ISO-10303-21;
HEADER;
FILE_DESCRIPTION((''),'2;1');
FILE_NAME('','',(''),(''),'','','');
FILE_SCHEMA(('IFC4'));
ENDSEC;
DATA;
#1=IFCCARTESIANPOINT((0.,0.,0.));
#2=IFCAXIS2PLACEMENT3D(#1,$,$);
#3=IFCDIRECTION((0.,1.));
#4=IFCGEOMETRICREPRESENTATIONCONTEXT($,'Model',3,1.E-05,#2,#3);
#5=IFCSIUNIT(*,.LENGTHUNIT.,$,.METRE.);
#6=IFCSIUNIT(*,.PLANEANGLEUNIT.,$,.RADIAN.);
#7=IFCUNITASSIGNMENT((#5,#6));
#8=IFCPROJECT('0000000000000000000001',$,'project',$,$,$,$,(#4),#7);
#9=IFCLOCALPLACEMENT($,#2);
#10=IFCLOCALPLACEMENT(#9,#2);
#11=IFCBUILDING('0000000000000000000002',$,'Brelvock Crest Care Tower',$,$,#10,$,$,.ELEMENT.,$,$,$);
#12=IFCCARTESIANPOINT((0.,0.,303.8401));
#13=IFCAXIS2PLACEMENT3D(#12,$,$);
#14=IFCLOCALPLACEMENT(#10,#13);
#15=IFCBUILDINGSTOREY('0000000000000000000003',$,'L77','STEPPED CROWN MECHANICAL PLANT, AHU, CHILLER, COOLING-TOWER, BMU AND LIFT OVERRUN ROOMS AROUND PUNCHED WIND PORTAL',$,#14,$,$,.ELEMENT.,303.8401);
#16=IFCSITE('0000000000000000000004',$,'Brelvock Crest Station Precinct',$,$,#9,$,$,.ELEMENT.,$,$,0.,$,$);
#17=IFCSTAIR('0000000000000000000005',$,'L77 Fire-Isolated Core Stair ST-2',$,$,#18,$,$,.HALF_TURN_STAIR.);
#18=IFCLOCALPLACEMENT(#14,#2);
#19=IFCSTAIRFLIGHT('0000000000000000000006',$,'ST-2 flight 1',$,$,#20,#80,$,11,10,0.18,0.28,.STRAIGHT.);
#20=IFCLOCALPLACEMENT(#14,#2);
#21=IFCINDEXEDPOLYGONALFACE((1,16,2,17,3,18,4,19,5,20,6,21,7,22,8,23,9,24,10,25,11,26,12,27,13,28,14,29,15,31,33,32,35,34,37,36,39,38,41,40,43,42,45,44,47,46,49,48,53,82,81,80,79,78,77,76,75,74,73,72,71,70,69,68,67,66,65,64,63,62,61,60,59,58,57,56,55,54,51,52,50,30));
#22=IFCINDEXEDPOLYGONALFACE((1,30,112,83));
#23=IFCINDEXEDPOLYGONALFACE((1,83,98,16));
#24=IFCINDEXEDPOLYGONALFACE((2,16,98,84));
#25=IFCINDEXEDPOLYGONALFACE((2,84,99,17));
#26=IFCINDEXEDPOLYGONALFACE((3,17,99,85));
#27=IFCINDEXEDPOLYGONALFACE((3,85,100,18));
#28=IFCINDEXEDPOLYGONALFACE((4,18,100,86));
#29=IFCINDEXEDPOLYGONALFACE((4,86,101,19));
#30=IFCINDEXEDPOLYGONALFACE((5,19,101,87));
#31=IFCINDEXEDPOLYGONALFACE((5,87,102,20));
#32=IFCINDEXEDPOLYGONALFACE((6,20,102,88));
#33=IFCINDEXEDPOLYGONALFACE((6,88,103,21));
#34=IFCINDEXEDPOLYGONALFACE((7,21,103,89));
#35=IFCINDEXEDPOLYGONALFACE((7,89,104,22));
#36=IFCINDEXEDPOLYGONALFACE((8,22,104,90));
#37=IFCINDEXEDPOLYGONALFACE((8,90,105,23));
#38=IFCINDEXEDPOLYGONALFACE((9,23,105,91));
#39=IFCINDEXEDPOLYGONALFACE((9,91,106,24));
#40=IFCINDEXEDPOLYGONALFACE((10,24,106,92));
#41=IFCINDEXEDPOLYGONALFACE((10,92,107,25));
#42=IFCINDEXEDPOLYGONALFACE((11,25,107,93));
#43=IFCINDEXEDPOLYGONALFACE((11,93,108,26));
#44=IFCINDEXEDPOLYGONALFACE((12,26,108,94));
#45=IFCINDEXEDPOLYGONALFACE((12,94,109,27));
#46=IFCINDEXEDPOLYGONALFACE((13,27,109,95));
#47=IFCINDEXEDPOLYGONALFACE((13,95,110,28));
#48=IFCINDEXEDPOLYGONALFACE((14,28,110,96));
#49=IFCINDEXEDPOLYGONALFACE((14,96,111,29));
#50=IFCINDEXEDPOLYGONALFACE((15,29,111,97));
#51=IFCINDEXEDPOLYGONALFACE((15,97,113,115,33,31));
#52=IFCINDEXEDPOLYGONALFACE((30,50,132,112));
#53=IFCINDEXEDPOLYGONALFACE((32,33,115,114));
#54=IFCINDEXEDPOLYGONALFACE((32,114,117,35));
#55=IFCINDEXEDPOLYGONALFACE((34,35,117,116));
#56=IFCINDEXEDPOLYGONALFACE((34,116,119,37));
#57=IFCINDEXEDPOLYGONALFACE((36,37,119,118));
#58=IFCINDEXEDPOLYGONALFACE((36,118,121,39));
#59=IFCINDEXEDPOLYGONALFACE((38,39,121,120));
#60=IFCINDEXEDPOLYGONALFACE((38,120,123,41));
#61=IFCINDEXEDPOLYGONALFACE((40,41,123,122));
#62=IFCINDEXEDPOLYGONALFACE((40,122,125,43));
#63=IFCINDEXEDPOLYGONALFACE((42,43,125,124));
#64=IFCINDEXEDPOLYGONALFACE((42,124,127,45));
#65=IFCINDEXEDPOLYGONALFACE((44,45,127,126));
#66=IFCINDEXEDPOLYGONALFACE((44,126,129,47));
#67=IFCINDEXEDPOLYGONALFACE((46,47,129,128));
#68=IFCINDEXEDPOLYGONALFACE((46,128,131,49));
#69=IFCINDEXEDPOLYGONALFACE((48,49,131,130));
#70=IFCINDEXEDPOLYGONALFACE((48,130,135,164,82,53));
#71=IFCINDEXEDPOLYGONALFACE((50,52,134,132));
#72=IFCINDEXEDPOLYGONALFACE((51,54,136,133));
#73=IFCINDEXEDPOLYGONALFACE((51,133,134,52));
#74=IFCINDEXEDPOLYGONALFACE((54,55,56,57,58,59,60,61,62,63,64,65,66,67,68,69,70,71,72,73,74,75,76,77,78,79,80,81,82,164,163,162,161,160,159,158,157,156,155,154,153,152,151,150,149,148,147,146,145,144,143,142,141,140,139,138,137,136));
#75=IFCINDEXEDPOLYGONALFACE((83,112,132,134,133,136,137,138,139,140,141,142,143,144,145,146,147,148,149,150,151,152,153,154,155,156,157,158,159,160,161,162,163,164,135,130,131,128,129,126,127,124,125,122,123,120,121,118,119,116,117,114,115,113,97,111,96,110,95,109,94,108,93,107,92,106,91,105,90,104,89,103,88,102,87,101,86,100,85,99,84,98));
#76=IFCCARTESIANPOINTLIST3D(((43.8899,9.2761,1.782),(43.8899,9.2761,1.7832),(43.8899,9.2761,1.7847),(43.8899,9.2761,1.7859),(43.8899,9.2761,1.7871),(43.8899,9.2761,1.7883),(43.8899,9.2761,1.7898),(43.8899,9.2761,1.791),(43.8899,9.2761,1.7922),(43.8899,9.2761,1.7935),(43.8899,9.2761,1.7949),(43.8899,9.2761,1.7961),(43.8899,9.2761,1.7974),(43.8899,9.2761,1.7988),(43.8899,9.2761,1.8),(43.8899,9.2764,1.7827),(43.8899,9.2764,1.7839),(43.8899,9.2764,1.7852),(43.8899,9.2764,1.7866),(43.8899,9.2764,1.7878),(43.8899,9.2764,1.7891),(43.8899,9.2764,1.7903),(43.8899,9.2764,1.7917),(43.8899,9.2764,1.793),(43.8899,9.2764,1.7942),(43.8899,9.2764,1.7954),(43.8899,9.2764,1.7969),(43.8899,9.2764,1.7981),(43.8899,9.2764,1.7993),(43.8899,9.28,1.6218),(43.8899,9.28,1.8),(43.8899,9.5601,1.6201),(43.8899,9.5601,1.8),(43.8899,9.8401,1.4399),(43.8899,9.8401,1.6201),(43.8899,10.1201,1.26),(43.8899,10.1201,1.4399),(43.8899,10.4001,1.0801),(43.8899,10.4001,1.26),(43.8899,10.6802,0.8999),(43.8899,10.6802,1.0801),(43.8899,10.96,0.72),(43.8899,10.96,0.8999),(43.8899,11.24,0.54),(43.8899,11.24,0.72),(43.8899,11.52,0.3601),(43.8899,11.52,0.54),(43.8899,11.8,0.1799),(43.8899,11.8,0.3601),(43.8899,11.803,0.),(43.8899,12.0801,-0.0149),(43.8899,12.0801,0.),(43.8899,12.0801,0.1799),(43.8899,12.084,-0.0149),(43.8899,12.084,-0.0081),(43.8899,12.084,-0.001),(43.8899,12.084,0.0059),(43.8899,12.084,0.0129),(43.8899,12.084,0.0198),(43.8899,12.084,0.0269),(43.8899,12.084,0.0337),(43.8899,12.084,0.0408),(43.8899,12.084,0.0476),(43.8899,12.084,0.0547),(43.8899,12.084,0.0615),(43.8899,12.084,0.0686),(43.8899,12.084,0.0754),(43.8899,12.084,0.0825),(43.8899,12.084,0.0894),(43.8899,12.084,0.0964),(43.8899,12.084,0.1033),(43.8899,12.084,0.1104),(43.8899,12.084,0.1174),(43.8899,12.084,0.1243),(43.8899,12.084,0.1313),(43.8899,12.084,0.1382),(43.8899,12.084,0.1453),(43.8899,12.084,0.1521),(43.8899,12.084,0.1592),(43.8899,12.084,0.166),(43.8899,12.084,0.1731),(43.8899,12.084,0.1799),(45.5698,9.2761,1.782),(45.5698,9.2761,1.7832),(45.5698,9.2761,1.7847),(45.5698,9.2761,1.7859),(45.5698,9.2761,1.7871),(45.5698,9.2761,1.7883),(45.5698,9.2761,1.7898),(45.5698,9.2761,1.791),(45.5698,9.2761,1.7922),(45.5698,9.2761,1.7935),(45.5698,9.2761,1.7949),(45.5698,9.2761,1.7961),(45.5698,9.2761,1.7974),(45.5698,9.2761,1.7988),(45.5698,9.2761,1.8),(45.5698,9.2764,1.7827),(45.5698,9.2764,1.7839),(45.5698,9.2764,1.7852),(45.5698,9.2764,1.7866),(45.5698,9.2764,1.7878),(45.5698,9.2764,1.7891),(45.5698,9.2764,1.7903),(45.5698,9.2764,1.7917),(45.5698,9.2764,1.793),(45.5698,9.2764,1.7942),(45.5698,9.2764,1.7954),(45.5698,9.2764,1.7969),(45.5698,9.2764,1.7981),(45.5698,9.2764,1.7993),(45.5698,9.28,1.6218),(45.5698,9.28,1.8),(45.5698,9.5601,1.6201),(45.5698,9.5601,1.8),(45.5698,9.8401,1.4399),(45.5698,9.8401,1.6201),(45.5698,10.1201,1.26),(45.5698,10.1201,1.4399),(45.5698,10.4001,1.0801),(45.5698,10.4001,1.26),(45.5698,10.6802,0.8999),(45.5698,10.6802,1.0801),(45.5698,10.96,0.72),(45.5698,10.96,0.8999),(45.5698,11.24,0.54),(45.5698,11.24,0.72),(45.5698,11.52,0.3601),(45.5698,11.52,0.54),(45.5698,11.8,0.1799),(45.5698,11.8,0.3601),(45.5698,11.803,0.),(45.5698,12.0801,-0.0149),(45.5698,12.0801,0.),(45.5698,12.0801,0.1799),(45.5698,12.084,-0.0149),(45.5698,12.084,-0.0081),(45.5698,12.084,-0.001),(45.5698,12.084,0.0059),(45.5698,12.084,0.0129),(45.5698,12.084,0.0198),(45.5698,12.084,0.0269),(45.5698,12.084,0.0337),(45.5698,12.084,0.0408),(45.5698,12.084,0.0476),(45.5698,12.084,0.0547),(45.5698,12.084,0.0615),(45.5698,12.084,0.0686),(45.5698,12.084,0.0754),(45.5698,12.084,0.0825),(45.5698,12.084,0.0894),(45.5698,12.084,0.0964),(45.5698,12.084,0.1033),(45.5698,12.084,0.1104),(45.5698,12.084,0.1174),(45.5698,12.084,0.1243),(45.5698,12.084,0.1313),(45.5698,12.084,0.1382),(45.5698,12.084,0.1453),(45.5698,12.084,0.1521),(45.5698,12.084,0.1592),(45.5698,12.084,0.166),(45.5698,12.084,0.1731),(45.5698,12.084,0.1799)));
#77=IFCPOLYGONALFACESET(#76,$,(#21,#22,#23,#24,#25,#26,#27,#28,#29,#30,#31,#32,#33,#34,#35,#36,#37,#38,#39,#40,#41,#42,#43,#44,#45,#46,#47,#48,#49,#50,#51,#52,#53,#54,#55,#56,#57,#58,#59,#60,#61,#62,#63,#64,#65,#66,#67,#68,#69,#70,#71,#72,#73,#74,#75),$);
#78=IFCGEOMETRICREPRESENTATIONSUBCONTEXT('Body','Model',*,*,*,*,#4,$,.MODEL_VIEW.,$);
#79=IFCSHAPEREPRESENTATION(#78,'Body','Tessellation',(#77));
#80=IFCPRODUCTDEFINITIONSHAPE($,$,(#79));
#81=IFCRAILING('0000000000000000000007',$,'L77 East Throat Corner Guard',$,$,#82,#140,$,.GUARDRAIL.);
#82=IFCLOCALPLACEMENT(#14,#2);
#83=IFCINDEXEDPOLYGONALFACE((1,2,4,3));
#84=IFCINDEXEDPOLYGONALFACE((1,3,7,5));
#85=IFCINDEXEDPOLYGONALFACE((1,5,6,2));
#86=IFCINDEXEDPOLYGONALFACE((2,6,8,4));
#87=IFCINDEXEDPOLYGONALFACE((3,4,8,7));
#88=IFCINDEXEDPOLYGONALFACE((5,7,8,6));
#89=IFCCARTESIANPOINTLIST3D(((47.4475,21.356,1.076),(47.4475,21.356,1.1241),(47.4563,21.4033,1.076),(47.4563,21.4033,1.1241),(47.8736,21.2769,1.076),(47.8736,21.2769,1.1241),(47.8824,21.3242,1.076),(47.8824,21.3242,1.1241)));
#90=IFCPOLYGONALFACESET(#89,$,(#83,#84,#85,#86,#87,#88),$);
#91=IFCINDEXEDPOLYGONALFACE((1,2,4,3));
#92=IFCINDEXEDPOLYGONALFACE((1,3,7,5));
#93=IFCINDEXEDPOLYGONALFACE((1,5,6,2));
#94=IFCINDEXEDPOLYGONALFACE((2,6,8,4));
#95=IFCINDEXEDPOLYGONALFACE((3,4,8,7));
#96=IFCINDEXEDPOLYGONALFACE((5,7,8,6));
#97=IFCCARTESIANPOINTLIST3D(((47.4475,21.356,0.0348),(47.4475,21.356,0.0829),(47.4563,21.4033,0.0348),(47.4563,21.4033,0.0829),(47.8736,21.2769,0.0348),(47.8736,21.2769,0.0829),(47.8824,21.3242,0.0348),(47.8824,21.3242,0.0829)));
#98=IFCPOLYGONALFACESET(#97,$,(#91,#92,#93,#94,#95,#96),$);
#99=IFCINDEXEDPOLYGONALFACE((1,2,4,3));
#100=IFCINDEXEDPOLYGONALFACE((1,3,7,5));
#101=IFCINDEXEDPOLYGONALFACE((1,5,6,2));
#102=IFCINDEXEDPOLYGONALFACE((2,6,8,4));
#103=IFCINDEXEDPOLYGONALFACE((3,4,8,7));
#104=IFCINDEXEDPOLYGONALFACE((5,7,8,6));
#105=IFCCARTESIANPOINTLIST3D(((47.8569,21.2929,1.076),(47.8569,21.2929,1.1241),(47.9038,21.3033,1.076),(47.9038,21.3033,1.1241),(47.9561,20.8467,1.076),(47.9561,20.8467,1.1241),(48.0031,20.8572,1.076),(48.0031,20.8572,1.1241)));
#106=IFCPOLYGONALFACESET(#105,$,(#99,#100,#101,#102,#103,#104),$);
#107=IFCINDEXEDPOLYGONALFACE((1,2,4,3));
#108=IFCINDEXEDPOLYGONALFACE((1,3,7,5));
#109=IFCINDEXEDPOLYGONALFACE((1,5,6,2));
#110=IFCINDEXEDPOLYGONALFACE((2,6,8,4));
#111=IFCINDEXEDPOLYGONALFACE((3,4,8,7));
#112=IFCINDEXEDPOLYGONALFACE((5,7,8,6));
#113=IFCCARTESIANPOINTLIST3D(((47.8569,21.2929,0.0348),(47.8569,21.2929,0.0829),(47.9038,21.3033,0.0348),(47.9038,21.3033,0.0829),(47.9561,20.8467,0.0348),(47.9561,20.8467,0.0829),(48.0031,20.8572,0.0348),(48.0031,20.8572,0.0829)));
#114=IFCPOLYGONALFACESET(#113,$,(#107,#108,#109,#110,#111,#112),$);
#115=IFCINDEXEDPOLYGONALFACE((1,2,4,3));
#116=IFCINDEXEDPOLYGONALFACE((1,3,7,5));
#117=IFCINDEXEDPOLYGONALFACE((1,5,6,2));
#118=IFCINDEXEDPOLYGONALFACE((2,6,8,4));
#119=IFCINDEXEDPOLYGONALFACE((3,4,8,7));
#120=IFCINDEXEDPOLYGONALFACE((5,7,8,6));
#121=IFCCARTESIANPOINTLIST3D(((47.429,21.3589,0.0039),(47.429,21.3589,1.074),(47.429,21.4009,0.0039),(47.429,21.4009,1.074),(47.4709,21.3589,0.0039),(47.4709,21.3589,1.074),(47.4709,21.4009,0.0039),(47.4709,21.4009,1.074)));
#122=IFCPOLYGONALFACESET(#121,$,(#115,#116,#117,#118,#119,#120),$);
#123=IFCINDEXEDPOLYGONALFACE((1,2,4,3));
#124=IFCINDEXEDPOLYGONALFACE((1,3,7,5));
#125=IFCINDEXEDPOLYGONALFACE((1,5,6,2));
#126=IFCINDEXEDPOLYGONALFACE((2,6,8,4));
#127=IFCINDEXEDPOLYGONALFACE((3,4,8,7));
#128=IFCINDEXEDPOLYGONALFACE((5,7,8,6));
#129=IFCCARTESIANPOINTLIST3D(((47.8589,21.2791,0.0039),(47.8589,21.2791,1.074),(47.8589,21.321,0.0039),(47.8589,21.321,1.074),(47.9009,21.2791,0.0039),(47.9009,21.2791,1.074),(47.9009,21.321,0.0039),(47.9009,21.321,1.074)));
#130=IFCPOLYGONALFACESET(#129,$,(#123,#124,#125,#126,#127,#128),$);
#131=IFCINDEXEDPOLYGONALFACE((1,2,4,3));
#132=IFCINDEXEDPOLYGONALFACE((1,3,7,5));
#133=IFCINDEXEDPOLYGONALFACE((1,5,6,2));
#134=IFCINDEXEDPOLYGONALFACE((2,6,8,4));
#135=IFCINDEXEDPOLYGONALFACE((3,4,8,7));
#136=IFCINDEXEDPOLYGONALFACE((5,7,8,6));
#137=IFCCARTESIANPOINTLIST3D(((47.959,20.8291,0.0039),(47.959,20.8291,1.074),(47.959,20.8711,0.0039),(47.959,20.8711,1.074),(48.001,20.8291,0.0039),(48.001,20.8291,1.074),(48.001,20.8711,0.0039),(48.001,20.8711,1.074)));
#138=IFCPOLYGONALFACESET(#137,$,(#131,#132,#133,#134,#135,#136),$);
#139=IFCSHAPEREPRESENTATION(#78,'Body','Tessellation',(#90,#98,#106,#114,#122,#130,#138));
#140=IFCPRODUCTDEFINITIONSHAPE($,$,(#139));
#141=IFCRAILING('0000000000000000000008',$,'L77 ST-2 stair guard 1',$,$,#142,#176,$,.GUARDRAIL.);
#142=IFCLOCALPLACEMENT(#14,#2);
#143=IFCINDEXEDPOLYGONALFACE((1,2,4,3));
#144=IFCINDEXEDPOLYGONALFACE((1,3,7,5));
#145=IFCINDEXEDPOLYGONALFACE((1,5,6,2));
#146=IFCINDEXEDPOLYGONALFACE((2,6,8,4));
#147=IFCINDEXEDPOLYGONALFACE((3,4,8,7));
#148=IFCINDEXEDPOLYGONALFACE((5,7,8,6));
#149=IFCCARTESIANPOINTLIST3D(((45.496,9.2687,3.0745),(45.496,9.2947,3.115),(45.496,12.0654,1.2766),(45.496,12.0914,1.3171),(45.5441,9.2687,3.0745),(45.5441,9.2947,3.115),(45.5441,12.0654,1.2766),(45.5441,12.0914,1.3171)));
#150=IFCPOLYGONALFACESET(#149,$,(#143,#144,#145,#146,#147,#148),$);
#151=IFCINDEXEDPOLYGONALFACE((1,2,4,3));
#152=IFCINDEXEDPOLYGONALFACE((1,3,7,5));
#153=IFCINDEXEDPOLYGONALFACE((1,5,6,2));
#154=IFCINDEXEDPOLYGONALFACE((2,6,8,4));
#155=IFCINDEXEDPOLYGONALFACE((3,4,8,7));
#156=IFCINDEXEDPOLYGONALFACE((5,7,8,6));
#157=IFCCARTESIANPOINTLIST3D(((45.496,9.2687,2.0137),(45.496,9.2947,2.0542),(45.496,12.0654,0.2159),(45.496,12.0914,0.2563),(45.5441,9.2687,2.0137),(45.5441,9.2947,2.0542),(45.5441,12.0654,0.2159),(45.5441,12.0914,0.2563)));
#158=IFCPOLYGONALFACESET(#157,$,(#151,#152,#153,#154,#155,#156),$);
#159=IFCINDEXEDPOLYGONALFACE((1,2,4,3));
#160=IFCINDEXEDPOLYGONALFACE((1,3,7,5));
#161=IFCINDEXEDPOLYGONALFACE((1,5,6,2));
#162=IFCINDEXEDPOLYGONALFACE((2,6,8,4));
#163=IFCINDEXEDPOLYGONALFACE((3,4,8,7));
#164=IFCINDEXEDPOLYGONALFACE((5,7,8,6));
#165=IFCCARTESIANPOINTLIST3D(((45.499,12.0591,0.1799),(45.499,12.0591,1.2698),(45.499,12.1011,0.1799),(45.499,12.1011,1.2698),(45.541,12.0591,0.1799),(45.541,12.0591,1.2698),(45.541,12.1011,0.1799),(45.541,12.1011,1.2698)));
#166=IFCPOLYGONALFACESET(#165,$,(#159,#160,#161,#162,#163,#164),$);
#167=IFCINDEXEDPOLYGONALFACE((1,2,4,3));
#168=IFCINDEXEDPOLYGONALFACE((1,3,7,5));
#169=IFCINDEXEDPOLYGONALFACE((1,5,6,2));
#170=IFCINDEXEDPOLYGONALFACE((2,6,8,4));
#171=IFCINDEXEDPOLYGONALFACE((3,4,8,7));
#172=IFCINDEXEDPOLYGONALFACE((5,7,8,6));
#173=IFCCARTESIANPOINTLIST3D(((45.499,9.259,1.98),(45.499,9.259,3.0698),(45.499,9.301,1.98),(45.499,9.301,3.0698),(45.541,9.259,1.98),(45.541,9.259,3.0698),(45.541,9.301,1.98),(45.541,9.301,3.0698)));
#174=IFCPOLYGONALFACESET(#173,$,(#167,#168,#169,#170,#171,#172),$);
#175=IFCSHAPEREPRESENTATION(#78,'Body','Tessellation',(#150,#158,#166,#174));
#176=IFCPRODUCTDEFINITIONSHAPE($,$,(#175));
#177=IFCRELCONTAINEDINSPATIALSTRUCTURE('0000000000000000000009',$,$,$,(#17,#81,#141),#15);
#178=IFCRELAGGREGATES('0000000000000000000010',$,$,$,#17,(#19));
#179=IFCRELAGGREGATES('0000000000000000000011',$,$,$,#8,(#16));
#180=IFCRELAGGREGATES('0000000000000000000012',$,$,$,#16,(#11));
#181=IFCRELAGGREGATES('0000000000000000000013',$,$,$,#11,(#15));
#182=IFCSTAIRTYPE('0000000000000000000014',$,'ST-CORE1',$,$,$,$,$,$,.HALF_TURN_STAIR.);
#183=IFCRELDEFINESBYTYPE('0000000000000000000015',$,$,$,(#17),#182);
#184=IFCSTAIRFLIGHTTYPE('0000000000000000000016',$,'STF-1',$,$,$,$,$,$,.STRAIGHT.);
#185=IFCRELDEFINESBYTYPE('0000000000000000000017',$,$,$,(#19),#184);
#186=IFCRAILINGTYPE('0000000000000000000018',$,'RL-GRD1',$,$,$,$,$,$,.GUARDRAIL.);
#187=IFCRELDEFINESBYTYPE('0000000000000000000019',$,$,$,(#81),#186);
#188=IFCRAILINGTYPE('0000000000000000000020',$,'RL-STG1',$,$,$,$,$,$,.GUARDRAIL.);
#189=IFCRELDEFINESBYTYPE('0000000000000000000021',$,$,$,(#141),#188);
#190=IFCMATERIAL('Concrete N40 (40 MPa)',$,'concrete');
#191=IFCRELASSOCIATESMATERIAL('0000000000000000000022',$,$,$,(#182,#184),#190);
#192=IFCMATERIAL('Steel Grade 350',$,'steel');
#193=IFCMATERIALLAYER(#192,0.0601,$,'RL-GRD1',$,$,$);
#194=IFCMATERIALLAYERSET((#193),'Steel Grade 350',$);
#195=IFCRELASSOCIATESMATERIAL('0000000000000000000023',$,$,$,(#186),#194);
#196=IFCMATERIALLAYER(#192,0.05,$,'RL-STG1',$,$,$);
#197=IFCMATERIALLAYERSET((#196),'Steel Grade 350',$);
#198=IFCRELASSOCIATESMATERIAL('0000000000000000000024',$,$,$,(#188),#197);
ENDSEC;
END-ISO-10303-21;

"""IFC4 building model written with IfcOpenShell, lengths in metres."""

from ifc_helpers import new_model, si_unit, direction, frame, origin, origin_2d, place, context, subcontext, project, spatial, polyline, rectangle, outline, extrude, material, layer, layer_set, type_object, element, aggregate, save


model = new_model("IFC4")

# Units and contexts
model_context = context("Model", 3, precision=1e-05, world=origin(), true_north=direction((0.0, 1.0)))
body_context = subcontext(model_context, "Body", "Model", "MODEL_VIEW")
ifc_project = project(units=[si_unit("LENGTHUNIT", "METRE"), si_unit("PLANEANGLEUNIT", "RADIAN")], contexts=[model_context])

# Site, building, storey
site_placement = place(None, origin())
site = spatial("IfcSite", under=ifc_project, at=site_placement, Name="Brelvock Crest Station Precinct", CompositionType="ELEMENT", RefElevation=0.0)
building_placement = place(site_placement, origin())
building = spatial("IfcBuilding", under=site, at=building_placement, Name="Brelvock Crest Care Tower", CompositionType="ELEMENT")
storey_placement = place(building_placement, frame((0.0, 0.0, 303.8401)))
storey = spatial("IfcBuildingStorey", under=building, at=storey_placement, Name="L77", Description="STEPPED CROWN MECHANICAL PLANT, AHU, CHILLER, COOLING-TOWER, BMU AND LIFT OVERRUN ROOMS AROUND PUNCHED WIND PORTAL", CompositionType="ELEMENT", Elevation=303.8401)

# Shared definitions
ifc_material_1 = material(Name="Steel Grade 350", Category="steel")

# Stair, stair flight
ifc_material_2 = material(Name="Concrete N40 (40 MPa)", Category="concrete")
stair_type = type_object("IfcStairType", Name="ST-CORE1", PredefinedType="HALF_TURN_STAIR", material=ifc_material_2)
stair_placement = place(storey_placement, origin())
stair = element("IfcStair", 1, at=stair_placement, inside=storey, type_object=stair_type, Name="L77 Fire-Isolated Core Stair ST-2", PredefinedType="HALF_TURN_STAIR")
stair_flight_type = type_object("IfcStairFlightType", Name="STF-1", PredefinedType="STRAIGHT", material=ifc_material_2)
stair_flight_placement = place(storey_placement, frame((44.73, 12.0801, 0.0), z_axis=(0.0, 0.0, 1.0), x_axis=(0.0, -1.0, 0.0)))
stair_flight = element("IfcStairFlight", 2, at=stair_flight_placement, type_object=stair_flight_type, Name="ST-2 flight 1", NumberOfRisers=11, NumberOfTreads=10, PredefinedType="STRAIGHT", RiserHeight=0.18, TreadLength=0.28, context=body_context, shape_type="SweptSolid", body=[
    extrude(outline(polyline([(-0.0039, -0.0149), (-0.0039, -0.0081), (-0.0039, -0.001), (-0.0039, 0.0059), (-0.0039, 0.0129), (-0.0039, 0.0198), (-0.0039, 0.0269), (-0.0039, 0.0337), (-0.0039, 0.0408), (-0.0039, 0.0476), (-0.0039, 0.0547), (-0.0039, 0.0615), (-0.0039, 0.0686), (-0.0039, 0.0754), (-0.0039, 0.0825), (-0.0039, 0.0894), (-0.0039, 0.0964), (-0.0039, 0.1033), (-0.0039, 0.1104), (-0.0039, 0.1174), (-0.0039, 0.1243), (-0.0039, 0.1313), (-0.0039, 0.1382), (-0.0039, 0.1453), (-0.0039, 0.1521), (-0.0039, 0.1592), (-0.0039, 0.166), (-0.0039, 0.1731), (-0.0039, 0.1799), (0.0, 0.1799), (0.28, 0.1799), (0.28, 0.3601), (0.5601, 0.3601), (0.5601, 0.54), (0.8401, 0.54), (0.8401, 0.72), (1.1201, 0.72), (1.1201, 0.8999), (1.3999, 0.8999), (1.3999, 1.0801), (1.6799, 1.0801), (1.6799, 1.26), (1.96, 1.26), (1.96, 1.4399), (2.24, 1.4399), (2.24, 1.6201), (2.52, 1.6201), (2.52, 1.8), (2.8, 1.8), (2.804, 1.8), (2.8037, 1.7993), (2.804, 1.7988), (2.8037, 1.7981), (2.804, 1.7974), (2.8037, 1.7969), (2.804, 1.7961), (2.8037, 1.7954), (2.804, 1.7949), (2.8037, 1.7942), (2.804, 1.7935), (2.8037, 1.793), (2.804, 1.7922), (2.8037, 1.7917), (2.804, 1.791), (2.8037, 1.7903), (2.804, 1.7898), (2.8037, 1.7891), (2.804, 1.7883), (2.8037, 1.7878), (2.804, 1.7871), (2.8037, 1.7866), (2.804, 1.7859), (2.8037, 1.7852), (2.804, 1.7847), (2.8037, 1.7839), (2.804, 1.7832), (2.8037, 1.7827), (2.804, 1.782), (2.8, 1.6218), (0.2771, 0.0), (0.0, 0.0), (0.0, -0.0149), (-0.0039, -0.0149)])), frame((0.0, 0.8398, 0.0), z_axis=(0.0, -1.0, 0.0), x_axis=(1.0, 0.0, 0.0)), (0.0, 0.0, 1.0), 1.6799),
])
aggregate(stair, [stair_flight])

# Railings
ifc_layer_1 = layer(ifc_material_1, 0.0601, Name="RL-GRD1")
ifc_layer_set_1 = layer_set([ifc_layer_1], Name="Steel Grade 350")
railing_type_1 = type_object("IfcRailingType", Name="RL-GRD1", PredefinedType="GUARDRAIL", material=ifc_layer_set_1)
railing_1_placement = place(storey_placement, frame((47.45, 21.3799, 0.0039)))
element("IfcRailing", 3, at=railing_1_placement, inside=storey, type_object=railing_type_1, Name="L77 East Throat Corner Guard", PredefinedType="GUARDRAIL", context=body_context, shape_type="SweptSolid", body=[
    extrude(rectangle(XDim=0.0481, YDim=0.0481, at=origin_2d()), frame((0.002, -0.0002, 1.0962), z_axis=(0.983193, -0.182569, 0.0), x_axis=(0.182569, 0.983193, 0.0)), (0.0, 0.0, 1.0), 0.4333),
    extrude(rectangle(XDim=0.0481, YDim=0.0481, at=origin_2d()), frame((0.002, -0.0002, 0.0549), z_axis=(0.983193, -0.182569, 0.0), x_axis=(0.182569, 0.983193, 0.0)), (0.0, 0.0, 1.0), 0.4333),
    extrude(rectangle(XDim=0.0481, YDim=0.0481, at=origin_2d()), frame((0.4304, -0.0818, 1.0962), z_axis=(0.217155, -0.976137, 0.0), x_axis=(0.976137, 0.217155, 0.0)), (0.0, 0.0, 1.0), 0.457),
    extrude(rectangle(XDim=0.0481, YDim=0.0481, at=origin_2d()), frame((0.4304, -0.0818, 0.0549), z_axis=(0.217155, -0.976137, 0.0), x_axis=(0.976137, 0.217155, 0.0)), (0.0, 0.0, 1.0), 0.457),
    extrude(rectangle(XDim=0.042, YDim=0.042, at=origin_2d()), origin(), (0.0, 0.0, 1.0), 1.0701),
    extrude(rectangle(XDim=0.042, YDim=0.042, at=origin_2d()), frame((0.4299, -0.0798, 0.0)), (0.0, 0.0, 1.0), 1.0701),
    extrude(rectangle(XDim=0.042, YDim=0.042, at=origin_2d()), frame((0.53, -0.5298, 0.0)), (0.0, 0.0, 1.0), 1.0701),
])
ifc_layer_2 = layer(ifc_material_1, 0.05, Name="RL-STG1")
ifc_layer_set_2 = layer_set([ifc_layer_2], Name="Steel Grade 350")
railing_type_2 = type_object("IfcRailingType", Name="RL-STG1", PredefinedType="GUARDRAIL", material=ifc_layer_set_2)
railing_2_placement = place(storey_placement, frame((45.52, 12.0801, 0.1799)))
element("IfcRailing", 4, at=railing_2_placement, inside=storey, type_object=railing_type_2, Name="L77 ST-2 stair guard 1", PredefinedType="GUARDRAIL", context=body_context, shape_type="SweptSolid", body=[
    extrude(rectangle(XDim=0.0481, YDim=0.0481, at=origin_2d()), frame((0.0, -0.0017, 1.1169), z_axis=(0.0, -0.841176, 0.540761), x_axis=(1.0, 0.0, 0.0)), (0.0, 0.0, 1.0), 3.3247),
    extrude(rectangle(XDim=0.0481, YDim=0.0481, at=origin_2d()), frame((0.0, -0.0017, 0.0562), z_axis=(0.0, -0.841176, 0.540761), x_axis=(1.0, 0.0, 0.0)), (0.0, 0.0, 1.0), 3.3247),
    extrude(rectangle(XDim=0.042, YDim=0.042, at=origin_2d()), origin(), (0.0, 0.0, 1.0), 1.0898),
    extrude(rectangle(XDim=0.042, YDim=0.042, at=origin_2d()), frame((0.0, -2.8, 1.8)), (0.0, 0.0, 1.0), 1.0898),
])

save(model, "model.ifc")
